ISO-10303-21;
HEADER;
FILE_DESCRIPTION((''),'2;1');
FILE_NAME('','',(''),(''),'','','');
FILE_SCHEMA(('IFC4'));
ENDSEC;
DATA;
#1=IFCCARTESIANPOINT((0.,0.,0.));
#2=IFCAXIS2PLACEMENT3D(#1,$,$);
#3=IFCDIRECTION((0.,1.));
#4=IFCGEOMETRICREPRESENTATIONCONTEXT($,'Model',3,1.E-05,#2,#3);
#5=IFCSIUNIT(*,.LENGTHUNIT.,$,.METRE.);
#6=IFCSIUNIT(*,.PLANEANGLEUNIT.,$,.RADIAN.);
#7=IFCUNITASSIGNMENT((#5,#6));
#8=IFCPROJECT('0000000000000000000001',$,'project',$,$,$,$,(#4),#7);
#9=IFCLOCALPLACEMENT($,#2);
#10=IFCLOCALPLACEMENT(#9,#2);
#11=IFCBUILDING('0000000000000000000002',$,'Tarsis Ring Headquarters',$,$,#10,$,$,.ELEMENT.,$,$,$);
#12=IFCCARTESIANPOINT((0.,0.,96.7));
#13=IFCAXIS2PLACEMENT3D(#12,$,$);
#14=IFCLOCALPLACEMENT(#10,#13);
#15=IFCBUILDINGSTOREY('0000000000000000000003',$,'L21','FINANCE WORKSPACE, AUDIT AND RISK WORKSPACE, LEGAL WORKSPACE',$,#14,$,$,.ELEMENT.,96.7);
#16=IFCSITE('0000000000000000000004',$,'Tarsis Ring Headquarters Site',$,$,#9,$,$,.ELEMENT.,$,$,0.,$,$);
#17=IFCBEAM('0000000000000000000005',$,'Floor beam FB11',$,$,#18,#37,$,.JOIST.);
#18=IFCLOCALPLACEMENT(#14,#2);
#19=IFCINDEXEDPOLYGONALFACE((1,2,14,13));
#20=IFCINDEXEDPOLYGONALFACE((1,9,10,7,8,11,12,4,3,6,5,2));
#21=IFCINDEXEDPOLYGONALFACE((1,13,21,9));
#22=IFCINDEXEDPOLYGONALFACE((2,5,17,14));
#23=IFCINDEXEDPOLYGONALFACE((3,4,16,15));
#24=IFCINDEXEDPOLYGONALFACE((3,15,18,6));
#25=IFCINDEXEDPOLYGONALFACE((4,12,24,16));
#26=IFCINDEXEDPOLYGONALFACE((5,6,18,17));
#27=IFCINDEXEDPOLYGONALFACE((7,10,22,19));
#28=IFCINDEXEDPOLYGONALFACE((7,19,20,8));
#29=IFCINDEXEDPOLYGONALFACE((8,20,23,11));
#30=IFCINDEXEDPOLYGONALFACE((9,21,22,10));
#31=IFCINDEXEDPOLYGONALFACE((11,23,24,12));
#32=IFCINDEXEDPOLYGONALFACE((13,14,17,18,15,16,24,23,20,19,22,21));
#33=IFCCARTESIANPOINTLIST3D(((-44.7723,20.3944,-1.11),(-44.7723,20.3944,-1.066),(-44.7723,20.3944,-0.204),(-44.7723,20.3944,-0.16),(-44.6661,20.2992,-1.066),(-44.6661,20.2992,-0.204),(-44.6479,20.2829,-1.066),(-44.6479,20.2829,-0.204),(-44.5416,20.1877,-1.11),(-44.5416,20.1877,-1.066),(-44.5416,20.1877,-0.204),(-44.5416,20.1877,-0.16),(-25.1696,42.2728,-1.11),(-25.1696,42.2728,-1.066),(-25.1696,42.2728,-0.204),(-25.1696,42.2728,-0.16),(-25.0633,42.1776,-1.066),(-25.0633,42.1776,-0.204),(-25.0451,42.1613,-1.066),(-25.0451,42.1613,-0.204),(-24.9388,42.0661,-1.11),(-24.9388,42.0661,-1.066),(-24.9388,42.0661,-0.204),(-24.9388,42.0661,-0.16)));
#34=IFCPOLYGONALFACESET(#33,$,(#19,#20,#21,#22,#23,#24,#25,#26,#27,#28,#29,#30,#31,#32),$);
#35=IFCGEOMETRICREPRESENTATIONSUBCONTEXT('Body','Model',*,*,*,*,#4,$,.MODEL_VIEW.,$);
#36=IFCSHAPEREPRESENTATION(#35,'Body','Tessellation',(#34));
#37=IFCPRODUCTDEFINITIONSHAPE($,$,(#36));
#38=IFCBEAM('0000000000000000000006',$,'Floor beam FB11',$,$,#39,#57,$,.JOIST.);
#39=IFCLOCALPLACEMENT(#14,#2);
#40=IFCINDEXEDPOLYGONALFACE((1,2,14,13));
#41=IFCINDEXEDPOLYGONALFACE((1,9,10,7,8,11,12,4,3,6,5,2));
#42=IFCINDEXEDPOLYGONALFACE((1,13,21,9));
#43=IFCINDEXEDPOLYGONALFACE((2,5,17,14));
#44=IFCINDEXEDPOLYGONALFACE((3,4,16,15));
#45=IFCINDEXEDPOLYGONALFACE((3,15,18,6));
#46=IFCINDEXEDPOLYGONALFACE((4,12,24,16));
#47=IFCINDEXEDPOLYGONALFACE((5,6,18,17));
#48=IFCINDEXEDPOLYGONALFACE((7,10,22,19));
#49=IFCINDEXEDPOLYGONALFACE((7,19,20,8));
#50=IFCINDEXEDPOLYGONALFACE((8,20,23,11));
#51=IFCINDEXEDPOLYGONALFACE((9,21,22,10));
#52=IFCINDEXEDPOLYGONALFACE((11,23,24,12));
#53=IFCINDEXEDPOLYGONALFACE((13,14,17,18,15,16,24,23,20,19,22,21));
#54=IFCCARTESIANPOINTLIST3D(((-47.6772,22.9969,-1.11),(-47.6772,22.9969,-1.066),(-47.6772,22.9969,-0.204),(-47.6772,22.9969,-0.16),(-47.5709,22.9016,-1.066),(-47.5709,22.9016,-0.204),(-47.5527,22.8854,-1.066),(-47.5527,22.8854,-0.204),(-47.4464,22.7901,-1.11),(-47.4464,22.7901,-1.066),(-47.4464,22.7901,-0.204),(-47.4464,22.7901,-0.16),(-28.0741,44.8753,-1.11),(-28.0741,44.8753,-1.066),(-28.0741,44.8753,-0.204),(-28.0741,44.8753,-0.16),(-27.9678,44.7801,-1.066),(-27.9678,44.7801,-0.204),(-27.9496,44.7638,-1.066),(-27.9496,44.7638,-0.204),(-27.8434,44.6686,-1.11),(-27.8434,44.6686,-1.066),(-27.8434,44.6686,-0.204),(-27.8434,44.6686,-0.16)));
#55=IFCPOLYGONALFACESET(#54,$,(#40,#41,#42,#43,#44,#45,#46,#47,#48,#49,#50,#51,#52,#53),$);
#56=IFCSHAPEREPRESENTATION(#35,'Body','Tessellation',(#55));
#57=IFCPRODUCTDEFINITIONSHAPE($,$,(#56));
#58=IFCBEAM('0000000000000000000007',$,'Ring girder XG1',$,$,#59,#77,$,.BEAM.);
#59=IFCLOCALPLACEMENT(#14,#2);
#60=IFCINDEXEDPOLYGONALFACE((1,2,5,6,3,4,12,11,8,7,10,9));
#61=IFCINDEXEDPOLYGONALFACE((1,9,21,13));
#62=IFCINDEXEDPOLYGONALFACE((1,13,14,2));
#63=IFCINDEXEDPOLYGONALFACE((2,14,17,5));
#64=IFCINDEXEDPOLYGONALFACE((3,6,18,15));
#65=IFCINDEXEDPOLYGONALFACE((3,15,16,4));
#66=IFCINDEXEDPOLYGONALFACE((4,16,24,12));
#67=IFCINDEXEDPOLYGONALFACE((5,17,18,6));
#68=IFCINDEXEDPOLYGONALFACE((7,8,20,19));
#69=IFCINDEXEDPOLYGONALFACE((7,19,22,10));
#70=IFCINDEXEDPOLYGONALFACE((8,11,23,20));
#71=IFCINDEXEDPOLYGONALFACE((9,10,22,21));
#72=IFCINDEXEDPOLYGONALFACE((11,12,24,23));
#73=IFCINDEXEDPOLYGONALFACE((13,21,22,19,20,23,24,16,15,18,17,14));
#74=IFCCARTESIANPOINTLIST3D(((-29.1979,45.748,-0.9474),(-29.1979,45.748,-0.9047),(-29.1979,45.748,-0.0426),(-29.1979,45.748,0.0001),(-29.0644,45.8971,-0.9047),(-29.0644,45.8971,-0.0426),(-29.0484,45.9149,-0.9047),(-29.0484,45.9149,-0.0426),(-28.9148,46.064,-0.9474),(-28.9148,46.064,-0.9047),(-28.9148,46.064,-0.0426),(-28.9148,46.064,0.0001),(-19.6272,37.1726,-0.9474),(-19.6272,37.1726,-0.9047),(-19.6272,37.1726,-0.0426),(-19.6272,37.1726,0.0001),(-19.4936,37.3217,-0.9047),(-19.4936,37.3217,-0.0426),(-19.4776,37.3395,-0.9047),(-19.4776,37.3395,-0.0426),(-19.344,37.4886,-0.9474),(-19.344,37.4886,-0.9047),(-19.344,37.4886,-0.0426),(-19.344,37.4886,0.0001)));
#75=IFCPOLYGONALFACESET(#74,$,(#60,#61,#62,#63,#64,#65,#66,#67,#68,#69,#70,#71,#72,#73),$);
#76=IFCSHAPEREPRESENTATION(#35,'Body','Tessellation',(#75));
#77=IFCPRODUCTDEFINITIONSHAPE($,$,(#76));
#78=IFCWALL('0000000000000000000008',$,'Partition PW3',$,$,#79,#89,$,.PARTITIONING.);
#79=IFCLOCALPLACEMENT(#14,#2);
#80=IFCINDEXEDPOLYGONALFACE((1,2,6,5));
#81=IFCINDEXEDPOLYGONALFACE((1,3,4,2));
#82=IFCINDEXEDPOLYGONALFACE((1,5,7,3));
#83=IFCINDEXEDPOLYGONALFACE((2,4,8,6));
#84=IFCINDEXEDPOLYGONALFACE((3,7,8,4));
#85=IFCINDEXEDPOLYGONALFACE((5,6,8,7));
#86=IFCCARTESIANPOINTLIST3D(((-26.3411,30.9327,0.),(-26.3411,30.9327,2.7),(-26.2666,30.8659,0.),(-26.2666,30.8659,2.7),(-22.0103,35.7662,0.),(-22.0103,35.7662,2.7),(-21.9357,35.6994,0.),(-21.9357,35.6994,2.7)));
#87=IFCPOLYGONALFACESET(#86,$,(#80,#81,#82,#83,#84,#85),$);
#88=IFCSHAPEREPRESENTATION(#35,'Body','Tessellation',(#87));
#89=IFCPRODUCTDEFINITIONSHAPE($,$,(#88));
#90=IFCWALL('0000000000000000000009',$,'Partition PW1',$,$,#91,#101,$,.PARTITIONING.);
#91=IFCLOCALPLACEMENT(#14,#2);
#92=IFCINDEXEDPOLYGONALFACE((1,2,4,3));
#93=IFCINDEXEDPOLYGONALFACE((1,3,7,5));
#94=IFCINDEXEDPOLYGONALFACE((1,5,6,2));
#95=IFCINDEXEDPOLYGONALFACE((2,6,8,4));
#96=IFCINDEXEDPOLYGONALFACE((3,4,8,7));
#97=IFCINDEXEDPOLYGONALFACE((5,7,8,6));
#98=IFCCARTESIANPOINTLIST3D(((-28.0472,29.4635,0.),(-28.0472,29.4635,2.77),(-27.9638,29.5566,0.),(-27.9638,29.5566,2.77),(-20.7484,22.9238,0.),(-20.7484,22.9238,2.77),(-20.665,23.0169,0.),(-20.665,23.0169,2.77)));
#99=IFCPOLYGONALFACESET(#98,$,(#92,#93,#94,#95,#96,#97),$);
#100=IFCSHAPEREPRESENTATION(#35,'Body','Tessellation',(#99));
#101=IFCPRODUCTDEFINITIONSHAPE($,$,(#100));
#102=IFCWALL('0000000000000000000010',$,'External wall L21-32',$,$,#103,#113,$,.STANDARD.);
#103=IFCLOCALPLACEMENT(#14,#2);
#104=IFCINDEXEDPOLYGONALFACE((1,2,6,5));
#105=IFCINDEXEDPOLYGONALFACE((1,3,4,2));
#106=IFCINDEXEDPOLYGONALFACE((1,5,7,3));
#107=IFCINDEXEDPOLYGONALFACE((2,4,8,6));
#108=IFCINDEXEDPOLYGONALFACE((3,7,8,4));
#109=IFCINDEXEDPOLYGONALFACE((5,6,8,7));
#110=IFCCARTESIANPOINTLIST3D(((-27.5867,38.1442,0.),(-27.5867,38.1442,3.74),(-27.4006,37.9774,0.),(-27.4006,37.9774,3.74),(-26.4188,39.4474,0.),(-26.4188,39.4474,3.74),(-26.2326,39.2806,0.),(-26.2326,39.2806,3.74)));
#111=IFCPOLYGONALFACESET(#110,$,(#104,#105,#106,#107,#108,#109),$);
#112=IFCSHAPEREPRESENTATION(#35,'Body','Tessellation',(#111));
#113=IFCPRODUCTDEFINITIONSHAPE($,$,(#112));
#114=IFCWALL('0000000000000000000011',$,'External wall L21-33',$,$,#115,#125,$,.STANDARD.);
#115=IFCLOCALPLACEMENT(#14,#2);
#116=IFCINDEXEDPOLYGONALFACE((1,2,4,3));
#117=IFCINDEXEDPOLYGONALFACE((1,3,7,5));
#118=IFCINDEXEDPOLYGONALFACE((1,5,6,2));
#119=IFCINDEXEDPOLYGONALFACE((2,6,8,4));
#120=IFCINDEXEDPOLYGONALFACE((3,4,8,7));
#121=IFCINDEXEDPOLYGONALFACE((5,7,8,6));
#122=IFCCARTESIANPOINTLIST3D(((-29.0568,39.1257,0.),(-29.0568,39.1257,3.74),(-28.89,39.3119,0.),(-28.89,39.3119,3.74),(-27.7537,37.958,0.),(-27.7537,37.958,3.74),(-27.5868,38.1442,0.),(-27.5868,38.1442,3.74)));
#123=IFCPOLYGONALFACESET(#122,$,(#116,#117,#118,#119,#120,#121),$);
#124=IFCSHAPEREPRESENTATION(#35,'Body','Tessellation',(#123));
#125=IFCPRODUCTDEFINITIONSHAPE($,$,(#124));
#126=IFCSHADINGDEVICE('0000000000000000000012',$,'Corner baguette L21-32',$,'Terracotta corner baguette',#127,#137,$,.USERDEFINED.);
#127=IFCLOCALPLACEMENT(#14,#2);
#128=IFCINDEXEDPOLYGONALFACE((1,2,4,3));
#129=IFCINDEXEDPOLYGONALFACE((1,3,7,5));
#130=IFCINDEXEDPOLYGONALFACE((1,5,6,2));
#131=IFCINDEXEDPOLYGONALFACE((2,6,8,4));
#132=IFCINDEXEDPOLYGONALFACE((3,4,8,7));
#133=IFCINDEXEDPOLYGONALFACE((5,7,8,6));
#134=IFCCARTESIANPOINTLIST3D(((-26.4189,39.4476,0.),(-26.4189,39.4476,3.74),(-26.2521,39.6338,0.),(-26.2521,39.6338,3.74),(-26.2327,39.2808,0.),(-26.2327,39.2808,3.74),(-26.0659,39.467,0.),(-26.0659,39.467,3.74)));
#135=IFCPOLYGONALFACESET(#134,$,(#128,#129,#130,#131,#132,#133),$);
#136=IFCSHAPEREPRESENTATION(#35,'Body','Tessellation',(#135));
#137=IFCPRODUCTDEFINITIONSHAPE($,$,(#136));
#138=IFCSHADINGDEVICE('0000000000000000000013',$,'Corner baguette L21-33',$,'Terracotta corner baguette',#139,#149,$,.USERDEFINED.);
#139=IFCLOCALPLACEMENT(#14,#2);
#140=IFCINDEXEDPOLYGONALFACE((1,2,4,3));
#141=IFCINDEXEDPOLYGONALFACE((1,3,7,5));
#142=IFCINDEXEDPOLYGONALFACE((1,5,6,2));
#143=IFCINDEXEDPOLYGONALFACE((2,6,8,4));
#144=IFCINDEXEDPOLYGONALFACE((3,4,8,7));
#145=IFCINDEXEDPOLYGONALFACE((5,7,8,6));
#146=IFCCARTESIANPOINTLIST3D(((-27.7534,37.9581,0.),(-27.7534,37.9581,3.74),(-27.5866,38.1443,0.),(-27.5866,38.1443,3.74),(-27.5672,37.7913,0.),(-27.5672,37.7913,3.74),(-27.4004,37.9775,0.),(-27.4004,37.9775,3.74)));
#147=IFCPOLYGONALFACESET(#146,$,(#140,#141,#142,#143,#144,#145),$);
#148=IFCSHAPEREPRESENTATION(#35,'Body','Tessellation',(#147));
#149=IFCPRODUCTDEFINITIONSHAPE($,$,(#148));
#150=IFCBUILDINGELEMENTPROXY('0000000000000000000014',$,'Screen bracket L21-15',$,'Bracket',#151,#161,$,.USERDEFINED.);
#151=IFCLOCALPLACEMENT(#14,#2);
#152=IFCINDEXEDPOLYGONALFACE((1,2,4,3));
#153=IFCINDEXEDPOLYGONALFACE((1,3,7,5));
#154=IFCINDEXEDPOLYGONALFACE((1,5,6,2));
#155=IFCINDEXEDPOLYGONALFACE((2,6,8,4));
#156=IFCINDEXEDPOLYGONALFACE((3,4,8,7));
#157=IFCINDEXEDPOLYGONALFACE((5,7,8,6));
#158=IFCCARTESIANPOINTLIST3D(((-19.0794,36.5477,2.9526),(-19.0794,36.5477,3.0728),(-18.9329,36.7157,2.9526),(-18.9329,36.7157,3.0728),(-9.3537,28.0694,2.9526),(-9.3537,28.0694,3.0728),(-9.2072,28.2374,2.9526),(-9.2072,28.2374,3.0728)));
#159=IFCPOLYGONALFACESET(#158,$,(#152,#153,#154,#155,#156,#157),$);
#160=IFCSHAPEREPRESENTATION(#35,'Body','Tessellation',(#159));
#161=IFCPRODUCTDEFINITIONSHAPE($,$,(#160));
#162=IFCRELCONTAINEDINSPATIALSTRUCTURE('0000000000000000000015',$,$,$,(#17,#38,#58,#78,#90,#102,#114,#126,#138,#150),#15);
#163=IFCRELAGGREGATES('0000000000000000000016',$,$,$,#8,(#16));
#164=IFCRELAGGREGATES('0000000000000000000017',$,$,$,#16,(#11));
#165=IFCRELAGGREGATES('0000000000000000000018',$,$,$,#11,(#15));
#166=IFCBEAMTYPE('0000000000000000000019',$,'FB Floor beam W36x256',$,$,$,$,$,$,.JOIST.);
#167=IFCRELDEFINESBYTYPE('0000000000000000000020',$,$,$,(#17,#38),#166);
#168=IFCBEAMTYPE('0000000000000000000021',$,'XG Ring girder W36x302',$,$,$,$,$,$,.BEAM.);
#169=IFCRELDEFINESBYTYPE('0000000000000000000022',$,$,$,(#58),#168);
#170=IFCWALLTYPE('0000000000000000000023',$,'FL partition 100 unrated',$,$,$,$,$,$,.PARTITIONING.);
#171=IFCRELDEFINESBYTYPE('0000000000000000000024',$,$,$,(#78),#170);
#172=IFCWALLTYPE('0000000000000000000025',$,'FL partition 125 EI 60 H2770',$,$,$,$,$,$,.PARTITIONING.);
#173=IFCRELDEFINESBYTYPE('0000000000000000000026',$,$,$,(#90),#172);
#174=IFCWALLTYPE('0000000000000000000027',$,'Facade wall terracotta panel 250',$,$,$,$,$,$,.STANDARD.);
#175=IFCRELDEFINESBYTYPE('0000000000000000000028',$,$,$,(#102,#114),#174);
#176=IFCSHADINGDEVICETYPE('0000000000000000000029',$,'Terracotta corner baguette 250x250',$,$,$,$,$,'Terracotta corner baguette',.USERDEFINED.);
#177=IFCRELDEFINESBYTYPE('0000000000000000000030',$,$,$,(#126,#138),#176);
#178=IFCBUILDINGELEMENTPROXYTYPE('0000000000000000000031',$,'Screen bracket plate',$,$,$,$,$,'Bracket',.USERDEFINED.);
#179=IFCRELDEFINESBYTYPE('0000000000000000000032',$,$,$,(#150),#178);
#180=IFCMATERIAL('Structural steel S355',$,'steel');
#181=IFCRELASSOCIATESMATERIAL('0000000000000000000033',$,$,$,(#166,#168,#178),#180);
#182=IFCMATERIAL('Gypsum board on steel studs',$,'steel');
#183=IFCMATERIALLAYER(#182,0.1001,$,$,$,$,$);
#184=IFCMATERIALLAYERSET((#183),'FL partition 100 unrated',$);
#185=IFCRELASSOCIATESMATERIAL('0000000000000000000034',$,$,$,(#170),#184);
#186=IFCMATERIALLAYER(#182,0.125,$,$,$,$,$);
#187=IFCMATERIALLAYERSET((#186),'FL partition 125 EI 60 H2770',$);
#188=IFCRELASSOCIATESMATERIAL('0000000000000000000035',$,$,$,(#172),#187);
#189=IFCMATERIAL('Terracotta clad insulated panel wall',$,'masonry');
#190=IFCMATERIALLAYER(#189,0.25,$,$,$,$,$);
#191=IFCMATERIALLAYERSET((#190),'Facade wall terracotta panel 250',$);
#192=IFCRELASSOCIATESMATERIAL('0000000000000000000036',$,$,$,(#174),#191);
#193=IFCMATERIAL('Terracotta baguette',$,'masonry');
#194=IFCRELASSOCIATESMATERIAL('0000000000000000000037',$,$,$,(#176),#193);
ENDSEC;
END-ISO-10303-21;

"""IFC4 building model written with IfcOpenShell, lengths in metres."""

from ifc_helpers import new_model, si_unit, direction, frame, frame_2d, origin, origin_2d, place, context, subcontext, project, spatial, rectangle, i_section, extrude, material, layer, layer_set, material_profile, profile_set, type_object, element, save


model = new_model("IFC4")

# Units and contexts
model_context = context("Model", 3, precision=1e-05, world=origin(), true_north=direction((0.0, 1.0)))
body_context = subcontext(model_context, "Body", "Model", "MODEL_VIEW")
ifc_project = project(units=[si_unit("LENGTHUNIT", "METRE"), si_unit("PLANEANGLEUNIT", "RADIAN")], contexts=[model_context])

# Site, building, storey
site_placement = place(None, origin())
site = spatial("IfcSite", under=ifc_project, at=site_placement, Name="Tarsis Ring Headquarters Site", CompositionType="ELEMENT", RefElevation=0.0)
building_placement = place(site_placement, origin())
building = spatial("IfcBuilding", under=site, at=building_placement, Name="Tarsis Ring Headquarters", CompositionType="ELEMENT")
storey_placement = place(building_placement, frame((0.0, 0.0, 96.7)))
storey = spatial("IfcBuildingStorey", under=building, at=storey_placement, Name="L21", Description="FINANCE WORKSPACE, AUDIT AND RISK WORKSPACE, LEGAL WORKSPACE", CompositionType="ELEMENT", Elevation=96.7)

# Shared definitions
ifc_material_1 = material(Name="Structural steel S355", Category="steel")

# Beams
ifc_material_profile_1 = material_profile(ifc_material_1, i_section(OverallWidth=0.3098, OverallDepth=0.95, WebThickness=0.0244, FlangeThickness=0.0439, at=origin_2d()), Name="W36x256")
ifc_profile_set_1 = profile_set([ifc_material_profile_1], Name="Structural steel S355")
beam_type_1 = type_object("IfcBeamType", Name="FB Floor beam W36x256", PredefinedType="JOIST", material=ifc_profile_set_1)
beam_1_placement = place(storey_placement, frame((-25.0542, 42.1694, -0.635), z_axis=(-0.667312, -0.744778, 0.0), x_axis=(0.744778, -0.667312, 0.0)))
element("IfcBeam", 1, at=beam_1_placement, inside=storey, type_object=beam_type_1, Name="Floor beam FB11", PredefinedType="JOIST", context=body_context, shape_type="SweptSolid", body=[
    extrude(i_section(OverallWidth=0.3098, OverallDepth=0.95, WebThickness=0.0244, FlangeThickness=0.0439, at=origin_2d()), origin(), (0.0, 0.0, 1.0), 29.3757),
])
beam_2_placement = place(storey_placement, frame((-27.9587, 44.772, -0.635), z_axis=(-0.667317, -0.744774, 0.0), x_axis=(0.744774, -0.667317, 0.0)))
element("IfcBeam", 2, at=beam_2_placement, inside=storey, type_object=beam_type_1, Name="Floor beam FB11", PredefinedType="JOIST", context=body_context, shape_type="SweptSolid", body=[
    extrude(i_section(OverallWidth=0.3098, OverallDepth=0.95, WebThickness=0.0244, FlangeThickness=0.0439, at=origin_2d()), origin(), (0.0, 0.0, 1.0), 29.376),
])
ifc_material_profile_2 = material_profile(ifc_material_1, i_section(OverallWidth=0.4243, OverallDepth=0.9475, WebThickness=0.0239, FlangeThickness=0.0427, at=origin_2d()), Name="W36x302")
ifc_profile_set_2 = profile_set([ifc_material_profile_2], Name="Structural steel S355")
beam_type_2 = type_object("IfcBeamType", Name="XG Ring girder W36x302", PredefinedType="BEAM", material=ifc_profile_set_2)
beam_3_placement = place(storey_placement, frame((-19.4856, 37.3306, -0.4736), z_axis=(-0.744774, 0.667317, 0.0), x_axis=(-0.667317, -0.744774, 0.0)))
element("IfcBeam", 3, at=beam_3_placement, inside=storey, type_object=beam_type_2, Name="Ring girder XG1", PredefinedType="BEAM", context=body_context, shape_type="SweptSolid", body=[
    extrude(i_section(OverallWidth=0.4243, OverallDepth=0.9475, WebThickness=0.0239, FlangeThickness=0.0427, at=origin_2d()), origin(), (0.0, 0.0, 1.0), 12.8506),
])

# Walls
ifc_material_2 = material(Name="Gypsum board on steel studs", Category="steel")
ifc_layer_1 = layer(ifc_material_2, 0.1001)
ifc_layer_set_1 = layer_set([ifc_layer_1], Name="FL partition 100 unrated")
wall_type_1 = type_object("IfcWallType", Name="FL partition 100 unrated", PredefinedType="PARTITIONING", material=ifc_layer_set_1)
wall_1_placement = place(storey_placement, frame((-26.304, 30.8992, 0.0), z_axis=(0.0, 0.0, 1.0), x_axis=(0.667317, 0.744774, 0.0)))
element("IfcWall", 4, at=wall_1_placement, inside=storey, type_object=wall_type_1, Name="Partition PW3", PredefinedType="PARTITIONING", context=body_context, shape_type="SweptSolid", body=[
    extrude(rectangle(XDim=6.49, YDim=0.1001, at=frame_2d((3.2451, 0.0))), origin(), (0.0, 0.0, 1.0), 2.7),
])
ifc_layer_2 = layer(ifc_material_2, 0.125)
ifc_layer_set_2 = layer_set([ifc_layer_2], Name="FL partition 125 EI 60 H2770")
wall_type_2 = type_object("IfcWallType", Name="FL partition 125 EI 60 H2770", PredefinedType="PARTITIONING", material=ifc_layer_set_2)
wall_2_placement = place(storey_placement, frame((-28.0054, 29.51, 0.0), z_axis=(0.0, 0.0, 1.0), x_axis=(0.744771, -0.66732, 0.0)))
element("IfcWall", 5, at=wall_2_placement, inside=storey, type_object=wall_type_2, Name="Partition PW1", PredefinedType="PARTITIONING", context=body_context, shape_type="SweptSolid", body=[
    extrude(rectangle(XDim=9.8, YDim=0.125, at=frame_2d((4.8999, 0.0))), origin(), (0.0, 0.0, 1.0), 2.77),
])
ifc_material_3 = material(Name="Terracotta clad insulated panel wall", Category="masonry")
ifc_layer_3 = layer(ifc_material_3, 0.25)
ifc_layer_set_3 = layer_set([ifc_layer_3], Name="Facade wall terracotta panel 250")
wall_type_3 = type_object("IfcWallType", Name="Facade wall terracotta panel 250", PredefinedType="STANDARD", material=ifc_layer_set_3)
wall_3_placement = place(storey_placement, frame((-26.3257, 39.364, 0.0), z_axis=(0.0, 0.0, 1.0), x_axis=(-0.667406, -0.744694, 0.0)))
element("IfcWall", 6, at=wall_3_placement, inside=storey, type_object=wall_type_3, Name="External wall L21-32", PredefinedType="STANDARD", context=body_context, shape_type="SweptSolid", body=[
    extrude(rectangle(XDim=1.75, YDim=0.25, at=frame_2d((0.875, 0.0))), origin(), (0.0, 0.0, 1.0), 3.74),
])
wall_4_placement = place(storey_placement, frame((-27.6702, 38.051, 0.0), z_axis=(0.0, 0.0, 1.0), x_axis=(-0.744763, 0.667329, 0.0)))
element("IfcWall", 7, at=wall_4_placement, inside=storey, type_object=wall_type_3, Name="External wall L21-33", PredefinedType="STANDARD", context=body_context, shape_type="SweptSolid", body=[
    extrude(rectangle(XDim=1.7498, YDim=0.25, at=frame_2d((0.875, 0.0))), origin(), (0.0, 0.0, 1.0), 3.74),
])

# Shading devices
ifc_material_4 = material(Name="Terracotta baguette", Category="masonry")
shading_device_type_1 = type_object("IfcShadingDeviceType", Name="Terracotta corner baguette 250x250", ElementType="Terracotta corner baguette", PredefinedType="USERDEFINED", material=ifc_material_4)
for number, where, z_axis, x_axis, name in (
    (8, (-26.2424, 39.4573, 0.0), (0.0, 0.0, 1.0), (-0.744778, 0.667313, 0.0), "Corner baguette L21-32"),
    (9, (-27.5769, 37.9678, 0.0), (0.0, 0.0, 1.0), (-0.667313, -0.744778, 0.0), "Corner baguette L21-33"),
):
    element("IfcShadingDevice", number, at=place(storey_placement, frame(where, z_axis=z_axis, x_axis=x_axis)), inside=storey, type_object=shading_device_type_1, Name=name, ObjectType="Terracotta corner baguette", PredefinedType="USERDEFINED", context=body_context, shape_type="SweptSolid", body=[
        extrude(rectangle(XDim=0.25, YDim=0.25, at=origin_2d()), origin(), (0.0, 0.0, 1.0), 3.74),
    ])

# Building element proxy
building_element_proxy_type = type_object("IfcBuildingElementProxyType", Name="Screen bracket plate", ElementType="Bracket", PredefinedType="USERDEFINED", material=ifc_material_1)
proxy_placement = place(storey_placement, frame((-14.1433, 32.3926, 2.9526), z_axis=(0.0, 0.0, 1.0), x_axis=(-0.753793, 0.657112, 0.0)))
element("IfcBuildingElementProxy", 10, at=proxy_placement, inside=storey, type_object=building_element_proxy_type, Name="Screen bracket L21-15", ObjectType="Bracket", PredefinedType="USERDEFINED", context=body_context, shape_type="SweptSolid", body=[
    extrude(rectangle(XDim=12.9023, YDim=0.2229, at=origin_2d()), origin(), (0.0, 0.0, 1.0), 0.1201),
])

save(model, "model.ifc")
